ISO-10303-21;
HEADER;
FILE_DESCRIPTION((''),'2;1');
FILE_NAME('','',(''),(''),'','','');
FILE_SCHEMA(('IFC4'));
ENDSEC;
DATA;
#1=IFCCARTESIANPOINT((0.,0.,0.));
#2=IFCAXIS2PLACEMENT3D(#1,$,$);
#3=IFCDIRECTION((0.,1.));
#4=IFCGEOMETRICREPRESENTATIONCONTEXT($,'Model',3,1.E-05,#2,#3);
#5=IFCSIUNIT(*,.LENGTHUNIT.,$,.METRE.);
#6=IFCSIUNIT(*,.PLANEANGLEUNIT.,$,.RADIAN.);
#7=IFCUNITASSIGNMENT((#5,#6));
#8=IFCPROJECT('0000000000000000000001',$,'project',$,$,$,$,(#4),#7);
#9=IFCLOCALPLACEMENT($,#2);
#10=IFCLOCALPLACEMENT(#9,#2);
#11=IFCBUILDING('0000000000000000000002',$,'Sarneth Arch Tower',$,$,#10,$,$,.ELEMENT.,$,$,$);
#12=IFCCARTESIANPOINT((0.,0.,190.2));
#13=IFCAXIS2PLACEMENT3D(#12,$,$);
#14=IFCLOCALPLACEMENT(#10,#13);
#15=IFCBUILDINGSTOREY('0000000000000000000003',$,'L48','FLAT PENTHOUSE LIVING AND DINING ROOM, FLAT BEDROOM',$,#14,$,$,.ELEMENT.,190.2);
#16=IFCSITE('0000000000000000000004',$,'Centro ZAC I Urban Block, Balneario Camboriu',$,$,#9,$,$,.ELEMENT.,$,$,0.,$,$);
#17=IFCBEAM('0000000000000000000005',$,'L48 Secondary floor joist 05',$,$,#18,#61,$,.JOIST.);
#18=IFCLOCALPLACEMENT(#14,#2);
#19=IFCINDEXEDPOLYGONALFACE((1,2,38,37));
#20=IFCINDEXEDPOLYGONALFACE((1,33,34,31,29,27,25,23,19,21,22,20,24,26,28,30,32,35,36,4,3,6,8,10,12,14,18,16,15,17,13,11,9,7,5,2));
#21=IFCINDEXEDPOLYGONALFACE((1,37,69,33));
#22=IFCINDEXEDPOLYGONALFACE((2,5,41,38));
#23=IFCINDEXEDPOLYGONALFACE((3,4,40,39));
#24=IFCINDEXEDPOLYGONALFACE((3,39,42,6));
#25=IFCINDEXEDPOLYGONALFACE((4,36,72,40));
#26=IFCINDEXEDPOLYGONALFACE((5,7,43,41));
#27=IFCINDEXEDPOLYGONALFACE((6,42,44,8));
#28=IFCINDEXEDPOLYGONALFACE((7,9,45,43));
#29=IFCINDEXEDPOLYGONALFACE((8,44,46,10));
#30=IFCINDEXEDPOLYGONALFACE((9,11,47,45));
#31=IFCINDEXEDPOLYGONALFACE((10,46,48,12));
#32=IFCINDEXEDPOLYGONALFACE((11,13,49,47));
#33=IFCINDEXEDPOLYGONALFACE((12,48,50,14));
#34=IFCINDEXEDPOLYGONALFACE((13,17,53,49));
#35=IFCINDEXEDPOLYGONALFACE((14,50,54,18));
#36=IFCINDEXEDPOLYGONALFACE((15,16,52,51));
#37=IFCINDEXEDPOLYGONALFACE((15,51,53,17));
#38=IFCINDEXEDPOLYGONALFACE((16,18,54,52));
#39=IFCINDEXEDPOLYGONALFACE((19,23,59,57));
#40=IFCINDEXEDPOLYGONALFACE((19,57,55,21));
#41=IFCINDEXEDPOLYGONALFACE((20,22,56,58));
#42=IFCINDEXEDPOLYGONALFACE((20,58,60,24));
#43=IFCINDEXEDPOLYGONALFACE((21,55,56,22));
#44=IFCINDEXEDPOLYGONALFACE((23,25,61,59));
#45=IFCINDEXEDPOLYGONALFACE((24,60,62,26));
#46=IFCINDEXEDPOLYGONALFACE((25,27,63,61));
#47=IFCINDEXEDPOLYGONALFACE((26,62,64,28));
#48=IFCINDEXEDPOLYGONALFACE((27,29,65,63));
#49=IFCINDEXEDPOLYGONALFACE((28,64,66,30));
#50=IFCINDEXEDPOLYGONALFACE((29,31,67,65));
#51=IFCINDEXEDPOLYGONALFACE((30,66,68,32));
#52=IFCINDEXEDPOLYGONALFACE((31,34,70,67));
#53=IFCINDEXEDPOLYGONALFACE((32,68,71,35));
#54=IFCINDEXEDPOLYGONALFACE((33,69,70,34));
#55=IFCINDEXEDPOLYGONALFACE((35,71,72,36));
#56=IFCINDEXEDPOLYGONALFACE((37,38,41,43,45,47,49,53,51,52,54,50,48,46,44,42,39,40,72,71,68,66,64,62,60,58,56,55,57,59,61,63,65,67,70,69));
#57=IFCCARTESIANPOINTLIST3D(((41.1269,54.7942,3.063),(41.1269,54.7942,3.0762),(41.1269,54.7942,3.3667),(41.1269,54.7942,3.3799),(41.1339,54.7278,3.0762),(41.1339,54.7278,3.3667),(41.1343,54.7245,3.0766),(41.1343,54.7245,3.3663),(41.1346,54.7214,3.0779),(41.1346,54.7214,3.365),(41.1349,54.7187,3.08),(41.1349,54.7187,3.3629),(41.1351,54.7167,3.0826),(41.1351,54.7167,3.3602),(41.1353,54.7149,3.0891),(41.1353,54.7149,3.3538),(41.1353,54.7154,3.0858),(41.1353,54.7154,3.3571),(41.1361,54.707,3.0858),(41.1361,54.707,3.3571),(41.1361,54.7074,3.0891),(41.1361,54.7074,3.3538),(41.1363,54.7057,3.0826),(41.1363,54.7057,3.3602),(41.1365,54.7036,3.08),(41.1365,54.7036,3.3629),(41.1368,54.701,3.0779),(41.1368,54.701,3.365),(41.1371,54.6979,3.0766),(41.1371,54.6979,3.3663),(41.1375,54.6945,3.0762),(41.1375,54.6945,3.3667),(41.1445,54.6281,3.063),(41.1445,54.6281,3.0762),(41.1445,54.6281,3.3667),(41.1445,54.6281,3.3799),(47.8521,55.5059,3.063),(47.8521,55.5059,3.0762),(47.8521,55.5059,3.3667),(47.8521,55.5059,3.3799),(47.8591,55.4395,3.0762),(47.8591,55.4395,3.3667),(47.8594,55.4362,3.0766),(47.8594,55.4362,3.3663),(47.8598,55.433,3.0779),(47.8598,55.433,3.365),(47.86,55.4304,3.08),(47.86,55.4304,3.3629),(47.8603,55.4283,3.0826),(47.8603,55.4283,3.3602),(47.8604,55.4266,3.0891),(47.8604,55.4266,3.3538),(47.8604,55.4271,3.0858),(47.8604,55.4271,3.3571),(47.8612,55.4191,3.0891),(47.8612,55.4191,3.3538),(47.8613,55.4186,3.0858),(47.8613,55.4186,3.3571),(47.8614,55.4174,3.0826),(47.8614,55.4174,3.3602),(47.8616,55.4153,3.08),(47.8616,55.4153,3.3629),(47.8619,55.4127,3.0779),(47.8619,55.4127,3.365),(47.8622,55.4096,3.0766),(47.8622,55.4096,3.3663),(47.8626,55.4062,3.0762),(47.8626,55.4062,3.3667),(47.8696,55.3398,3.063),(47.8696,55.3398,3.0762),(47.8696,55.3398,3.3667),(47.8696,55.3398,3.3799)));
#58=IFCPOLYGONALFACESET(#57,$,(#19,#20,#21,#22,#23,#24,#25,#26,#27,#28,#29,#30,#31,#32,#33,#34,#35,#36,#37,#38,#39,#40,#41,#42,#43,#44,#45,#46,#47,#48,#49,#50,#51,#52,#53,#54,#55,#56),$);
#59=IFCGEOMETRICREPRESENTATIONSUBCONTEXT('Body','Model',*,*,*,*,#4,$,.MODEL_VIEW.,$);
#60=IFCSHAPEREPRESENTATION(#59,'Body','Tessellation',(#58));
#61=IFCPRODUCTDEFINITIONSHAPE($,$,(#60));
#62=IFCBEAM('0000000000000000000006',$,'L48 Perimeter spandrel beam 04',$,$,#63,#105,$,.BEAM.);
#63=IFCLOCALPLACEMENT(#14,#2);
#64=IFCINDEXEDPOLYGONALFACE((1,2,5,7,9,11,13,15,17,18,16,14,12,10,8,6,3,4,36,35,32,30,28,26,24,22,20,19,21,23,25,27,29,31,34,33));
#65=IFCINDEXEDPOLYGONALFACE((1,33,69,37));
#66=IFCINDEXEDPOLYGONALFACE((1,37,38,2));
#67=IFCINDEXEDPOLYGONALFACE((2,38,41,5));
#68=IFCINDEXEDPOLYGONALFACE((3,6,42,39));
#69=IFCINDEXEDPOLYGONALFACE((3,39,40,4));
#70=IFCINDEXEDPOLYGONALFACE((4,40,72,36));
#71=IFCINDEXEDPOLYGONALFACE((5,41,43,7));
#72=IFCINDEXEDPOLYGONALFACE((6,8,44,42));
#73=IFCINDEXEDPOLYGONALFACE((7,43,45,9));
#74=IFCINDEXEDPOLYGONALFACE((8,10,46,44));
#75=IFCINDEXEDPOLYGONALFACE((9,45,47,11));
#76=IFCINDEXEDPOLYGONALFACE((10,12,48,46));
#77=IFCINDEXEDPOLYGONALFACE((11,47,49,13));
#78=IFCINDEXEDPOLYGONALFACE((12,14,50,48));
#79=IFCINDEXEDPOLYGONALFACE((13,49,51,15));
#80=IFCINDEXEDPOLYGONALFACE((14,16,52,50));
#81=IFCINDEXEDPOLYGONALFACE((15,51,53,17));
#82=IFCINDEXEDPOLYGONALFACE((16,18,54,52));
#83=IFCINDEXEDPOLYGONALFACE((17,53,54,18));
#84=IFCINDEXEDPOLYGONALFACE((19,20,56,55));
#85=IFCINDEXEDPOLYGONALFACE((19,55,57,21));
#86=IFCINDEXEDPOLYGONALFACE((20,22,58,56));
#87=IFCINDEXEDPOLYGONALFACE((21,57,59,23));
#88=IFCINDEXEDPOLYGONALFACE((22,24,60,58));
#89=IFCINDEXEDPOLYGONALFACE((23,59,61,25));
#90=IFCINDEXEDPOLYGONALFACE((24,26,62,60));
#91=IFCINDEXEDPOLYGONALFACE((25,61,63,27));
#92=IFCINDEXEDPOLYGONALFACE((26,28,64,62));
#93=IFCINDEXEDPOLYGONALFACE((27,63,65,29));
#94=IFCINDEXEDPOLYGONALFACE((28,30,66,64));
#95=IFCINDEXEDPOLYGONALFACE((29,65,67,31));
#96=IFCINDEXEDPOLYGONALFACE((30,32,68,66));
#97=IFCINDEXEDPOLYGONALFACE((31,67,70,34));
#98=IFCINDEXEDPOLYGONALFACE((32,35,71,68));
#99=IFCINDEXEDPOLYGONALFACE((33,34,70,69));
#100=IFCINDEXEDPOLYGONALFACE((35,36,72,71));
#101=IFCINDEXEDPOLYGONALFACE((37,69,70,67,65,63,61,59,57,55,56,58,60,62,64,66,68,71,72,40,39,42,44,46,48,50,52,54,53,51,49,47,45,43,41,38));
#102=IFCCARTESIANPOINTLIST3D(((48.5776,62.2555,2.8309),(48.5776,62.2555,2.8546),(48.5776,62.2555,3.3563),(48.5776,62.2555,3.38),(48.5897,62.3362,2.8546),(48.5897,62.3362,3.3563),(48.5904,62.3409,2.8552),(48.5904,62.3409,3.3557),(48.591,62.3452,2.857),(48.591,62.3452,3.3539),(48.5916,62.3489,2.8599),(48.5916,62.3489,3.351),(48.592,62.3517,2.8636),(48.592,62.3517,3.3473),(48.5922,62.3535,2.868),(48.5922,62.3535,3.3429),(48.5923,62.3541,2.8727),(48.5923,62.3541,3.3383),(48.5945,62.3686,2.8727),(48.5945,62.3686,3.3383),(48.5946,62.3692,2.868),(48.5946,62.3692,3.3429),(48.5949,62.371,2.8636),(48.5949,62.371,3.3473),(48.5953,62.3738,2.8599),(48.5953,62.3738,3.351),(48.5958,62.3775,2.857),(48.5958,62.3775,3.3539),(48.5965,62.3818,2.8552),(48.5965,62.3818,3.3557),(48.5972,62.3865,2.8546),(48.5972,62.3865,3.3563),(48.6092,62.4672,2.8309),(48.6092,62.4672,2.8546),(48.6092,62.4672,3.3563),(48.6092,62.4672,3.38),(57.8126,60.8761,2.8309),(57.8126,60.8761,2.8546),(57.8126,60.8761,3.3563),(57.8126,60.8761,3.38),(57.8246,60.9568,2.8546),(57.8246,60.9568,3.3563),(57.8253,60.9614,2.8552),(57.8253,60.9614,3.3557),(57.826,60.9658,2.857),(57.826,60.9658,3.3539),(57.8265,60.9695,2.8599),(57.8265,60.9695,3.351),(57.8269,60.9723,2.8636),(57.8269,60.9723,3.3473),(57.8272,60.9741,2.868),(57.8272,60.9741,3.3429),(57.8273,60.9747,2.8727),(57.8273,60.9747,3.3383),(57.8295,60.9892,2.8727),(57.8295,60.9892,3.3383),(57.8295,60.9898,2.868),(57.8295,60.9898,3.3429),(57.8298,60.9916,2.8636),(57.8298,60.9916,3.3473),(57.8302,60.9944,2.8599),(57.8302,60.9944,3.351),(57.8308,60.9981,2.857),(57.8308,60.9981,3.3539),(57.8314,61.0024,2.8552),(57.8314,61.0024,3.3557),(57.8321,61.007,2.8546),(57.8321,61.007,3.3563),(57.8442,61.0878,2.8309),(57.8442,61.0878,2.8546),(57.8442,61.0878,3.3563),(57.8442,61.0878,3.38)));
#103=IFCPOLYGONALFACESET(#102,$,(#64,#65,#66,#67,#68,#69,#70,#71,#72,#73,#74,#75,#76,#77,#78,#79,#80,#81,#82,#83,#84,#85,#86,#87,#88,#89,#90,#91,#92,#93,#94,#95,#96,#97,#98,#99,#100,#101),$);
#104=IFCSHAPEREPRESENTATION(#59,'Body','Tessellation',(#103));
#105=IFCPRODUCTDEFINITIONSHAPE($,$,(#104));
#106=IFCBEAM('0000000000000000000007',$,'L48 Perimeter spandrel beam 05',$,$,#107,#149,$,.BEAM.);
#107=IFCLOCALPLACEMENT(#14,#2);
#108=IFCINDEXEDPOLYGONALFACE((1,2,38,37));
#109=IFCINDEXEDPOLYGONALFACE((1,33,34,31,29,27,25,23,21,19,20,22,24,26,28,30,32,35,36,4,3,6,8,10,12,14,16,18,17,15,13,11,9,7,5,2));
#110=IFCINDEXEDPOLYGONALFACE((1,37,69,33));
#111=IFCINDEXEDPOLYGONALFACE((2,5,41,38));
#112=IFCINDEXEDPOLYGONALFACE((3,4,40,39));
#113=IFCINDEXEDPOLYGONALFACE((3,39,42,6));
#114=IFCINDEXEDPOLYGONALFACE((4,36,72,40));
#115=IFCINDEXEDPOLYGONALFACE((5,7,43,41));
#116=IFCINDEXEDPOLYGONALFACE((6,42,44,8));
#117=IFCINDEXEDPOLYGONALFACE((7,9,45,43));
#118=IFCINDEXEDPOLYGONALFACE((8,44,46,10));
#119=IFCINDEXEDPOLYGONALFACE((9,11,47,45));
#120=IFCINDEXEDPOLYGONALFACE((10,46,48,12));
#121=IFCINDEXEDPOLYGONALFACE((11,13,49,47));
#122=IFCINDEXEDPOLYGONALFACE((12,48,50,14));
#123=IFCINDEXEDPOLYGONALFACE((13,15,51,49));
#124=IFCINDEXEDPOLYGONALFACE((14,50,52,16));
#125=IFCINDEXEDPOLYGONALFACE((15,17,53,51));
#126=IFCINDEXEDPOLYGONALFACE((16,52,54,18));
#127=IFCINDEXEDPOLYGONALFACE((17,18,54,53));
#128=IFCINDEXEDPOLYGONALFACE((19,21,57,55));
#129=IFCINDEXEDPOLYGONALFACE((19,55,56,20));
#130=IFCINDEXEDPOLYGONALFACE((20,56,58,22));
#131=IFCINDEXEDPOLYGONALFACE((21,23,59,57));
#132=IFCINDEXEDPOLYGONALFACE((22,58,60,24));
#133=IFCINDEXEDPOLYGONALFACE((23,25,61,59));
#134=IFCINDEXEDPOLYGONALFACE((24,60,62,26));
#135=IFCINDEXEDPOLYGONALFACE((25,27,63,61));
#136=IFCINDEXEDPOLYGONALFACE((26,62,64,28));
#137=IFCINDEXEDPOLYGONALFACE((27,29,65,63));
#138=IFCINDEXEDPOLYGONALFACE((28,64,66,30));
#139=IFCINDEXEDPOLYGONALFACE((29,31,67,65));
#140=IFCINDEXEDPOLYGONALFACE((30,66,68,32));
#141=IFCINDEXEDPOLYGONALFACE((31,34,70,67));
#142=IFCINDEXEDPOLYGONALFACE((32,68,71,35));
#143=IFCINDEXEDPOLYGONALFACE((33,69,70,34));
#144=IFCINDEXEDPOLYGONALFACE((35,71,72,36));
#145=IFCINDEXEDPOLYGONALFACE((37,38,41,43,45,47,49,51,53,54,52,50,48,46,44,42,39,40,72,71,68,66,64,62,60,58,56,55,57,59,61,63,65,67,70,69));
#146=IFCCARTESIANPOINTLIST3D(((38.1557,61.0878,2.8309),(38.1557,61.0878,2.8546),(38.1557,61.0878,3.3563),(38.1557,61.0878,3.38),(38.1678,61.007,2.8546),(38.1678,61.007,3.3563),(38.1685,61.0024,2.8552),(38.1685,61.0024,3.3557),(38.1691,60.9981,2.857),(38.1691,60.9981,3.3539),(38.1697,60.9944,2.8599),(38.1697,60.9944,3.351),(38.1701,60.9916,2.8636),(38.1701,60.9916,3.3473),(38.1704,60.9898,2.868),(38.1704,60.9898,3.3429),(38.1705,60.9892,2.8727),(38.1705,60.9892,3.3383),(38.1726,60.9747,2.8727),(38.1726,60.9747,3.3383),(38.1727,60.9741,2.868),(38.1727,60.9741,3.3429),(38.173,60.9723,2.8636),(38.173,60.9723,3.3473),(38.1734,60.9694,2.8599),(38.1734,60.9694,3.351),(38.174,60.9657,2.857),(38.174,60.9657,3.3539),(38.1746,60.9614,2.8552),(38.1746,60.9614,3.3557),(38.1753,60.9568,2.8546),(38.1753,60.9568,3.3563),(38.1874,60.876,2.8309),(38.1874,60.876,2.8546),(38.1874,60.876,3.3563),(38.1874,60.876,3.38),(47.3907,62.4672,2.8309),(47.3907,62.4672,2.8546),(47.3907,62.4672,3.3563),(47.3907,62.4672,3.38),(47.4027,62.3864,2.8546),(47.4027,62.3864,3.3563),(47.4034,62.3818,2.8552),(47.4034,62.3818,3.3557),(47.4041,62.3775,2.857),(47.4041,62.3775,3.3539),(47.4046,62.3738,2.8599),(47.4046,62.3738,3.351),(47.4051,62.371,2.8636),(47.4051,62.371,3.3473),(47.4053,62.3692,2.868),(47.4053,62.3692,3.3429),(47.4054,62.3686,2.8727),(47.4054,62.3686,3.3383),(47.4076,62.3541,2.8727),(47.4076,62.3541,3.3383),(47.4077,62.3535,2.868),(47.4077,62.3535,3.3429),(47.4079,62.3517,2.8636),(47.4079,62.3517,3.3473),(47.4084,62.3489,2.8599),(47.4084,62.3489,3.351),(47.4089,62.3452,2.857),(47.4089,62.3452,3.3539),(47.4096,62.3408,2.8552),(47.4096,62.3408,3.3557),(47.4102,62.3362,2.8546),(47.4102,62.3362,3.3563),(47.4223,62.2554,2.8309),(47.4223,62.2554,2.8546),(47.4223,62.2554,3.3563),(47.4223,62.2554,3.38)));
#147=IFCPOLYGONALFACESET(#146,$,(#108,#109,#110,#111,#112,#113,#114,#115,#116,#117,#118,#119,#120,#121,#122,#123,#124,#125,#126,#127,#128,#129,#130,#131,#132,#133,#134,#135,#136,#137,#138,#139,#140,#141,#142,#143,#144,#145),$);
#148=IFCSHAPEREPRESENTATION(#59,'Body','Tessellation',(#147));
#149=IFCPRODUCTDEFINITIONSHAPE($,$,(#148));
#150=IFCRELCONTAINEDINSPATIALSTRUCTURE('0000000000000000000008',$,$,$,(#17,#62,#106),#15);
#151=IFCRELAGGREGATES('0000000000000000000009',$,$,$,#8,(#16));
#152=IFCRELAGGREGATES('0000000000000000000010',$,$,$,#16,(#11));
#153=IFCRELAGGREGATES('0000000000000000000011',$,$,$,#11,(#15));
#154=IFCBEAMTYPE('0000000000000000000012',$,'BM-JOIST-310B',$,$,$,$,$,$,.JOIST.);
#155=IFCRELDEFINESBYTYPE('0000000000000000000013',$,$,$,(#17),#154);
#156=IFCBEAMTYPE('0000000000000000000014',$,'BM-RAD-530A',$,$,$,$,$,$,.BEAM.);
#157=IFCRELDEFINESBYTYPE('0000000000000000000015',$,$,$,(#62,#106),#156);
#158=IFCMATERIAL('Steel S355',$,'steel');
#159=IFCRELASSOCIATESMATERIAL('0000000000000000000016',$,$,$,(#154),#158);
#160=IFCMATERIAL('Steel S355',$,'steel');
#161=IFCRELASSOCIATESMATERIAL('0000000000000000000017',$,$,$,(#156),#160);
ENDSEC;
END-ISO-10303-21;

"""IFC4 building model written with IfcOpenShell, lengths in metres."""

from ifc_helpers import new_model, si_unit, direction, frame, origin, origin_2d, place, context, subcontext, project, spatial, i_section, extrude, material, material_profile, profile_set, type_object, element, save


model = new_model("IFC4")

# Units and contexts
model_context = context("Model", 3, precision=1e-05, world=origin(), true_north=direction((0.0, 1.0)))
body_context = subcontext(model_context, "Body", "Model", "MODEL_VIEW")
ifc_project = project(units=[si_unit("LENGTHUNIT", "METRE"), si_unit("PLANEANGLEUNIT", "RADIAN")], contexts=[model_context])

# Site, building, storey
site_placement = place(None, origin())
site = spatial("IfcSite", under=ifc_project, at=site_placement, Name="Centro ZAC I Urban Block, Balneario Camboriu", CompositionType="ELEMENT", RefElevation=0.0)
building_placement = place(site_placement, origin())
building = spatial("IfcBuilding", under=site, at=building_placement, Name="Sarneth Arch Tower", CompositionType="ELEMENT")
storey_placement = place(building_placement, frame((0.0, 0.0, 190.2)))
storey = spatial("IfcBuildingStorey", under=building, at=storey_placement, Name="L48", Description="FLAT PENTHOUSE LIVING AND DINING ROOM, FLAT BEDROOM", CompositionType="ELEMENT", Elevation=190.2)

# Beams
ifc_material_1 = material(Name="Steel S355", Category="steel")
ifc_material_profile_1 = material_profile(ifc_material_1, i_section(OverallWidth=0.167, OverallDepth=0.3169, WebThickness=0.0076, FlangeThickness=0.0132, FilletRadius=0.0129, at=origin_2d()), Name="W310x52")
ifc_profile_set_1 = profile_set([ifc_material_profile_1], Name="Steel S355")
beam_type_1 = type_object("IfcBeamType", Name="BM-JOIST-310B", PredefinedType="JOIST", material=ifc_profile_set_1)
beam_placement = place(storey_placement, frame((47.8608, 55.4229, 3.2214), z_axis=(-0.994447, -0.105235, 0.0), x_axis=(0.105235, -0.994447, 0.0)))
element("IfcBeam", 1, at=beam_placement, inside=storey, type_object=beam_type_1, Name="L48 Secondary floor joist 05", PredefinedType="JOIST", context=body_context, shape_type="SweptSolid", body=[
    extrude(i_section(OverallWidth=0.167, OverallDepth=0.3169, WebThickness=0.0076, FlangeThickness=0.0132, FilletRadius=0.0129, at=origin_2d()), origin(), (0.0, 0.0, 1.0), 6.7627),
])
ifc_material_2 = material(Name="Steel S355", Category="steel")
ifc_material_profile_2 = material_profile(ifc_material_2, i_section(OverallWidth=0.2141, OverallDepth=0.5491, WebThickness=0.0146, FlangeThickness=0.0237, FilletRadius=0.0181, at=origin_2d()), Name="W530x138")
ifc_profile_set_2 = profile_set([ifc_material_profile_2], Name="Steel S355")
beam_type_2 = type_object("IfcBeamType", Name="BM-RAD-530A", PredefinedType="BEAM", material=ifc_profile_set_2)
for number, where, z_axis, x_axis, name in (
    (2, (57.8284, 60.9819, 3.1055), (-0.989028, 0.147729, 0.0), (-0.147729, -0.989028, 0.0), "L48 Perimeter spandrel beam 04"),
    (3, (47.4065, 62.3613, 3.1055), (-0.989028, -0.147729, 0.0), (0.147729, -0.989028, 0.0), "L48 Perimeter spandrel beam 05"),
):
    element("IfcBeam", number, at=place(storey_placement, frame(where, z_axis=z_axis, x_axis=x_axis)), inside=storey, type_object=beam_type_2, Name=name, PredefinedType="BEAM", context=body_context, shape_type="SweptSolid", body=[
        extrude(i_section(OverallWidth=0.2141, OverallDepth=0.5491, WebThickness=0.0146, FlangeThickness=0.0237, FilletRadius=0.0181, at=origin_2d()), origin(), (0.0, 0.0, 1.0), 9.3374),
    ])

save(model, "model.ifc")
